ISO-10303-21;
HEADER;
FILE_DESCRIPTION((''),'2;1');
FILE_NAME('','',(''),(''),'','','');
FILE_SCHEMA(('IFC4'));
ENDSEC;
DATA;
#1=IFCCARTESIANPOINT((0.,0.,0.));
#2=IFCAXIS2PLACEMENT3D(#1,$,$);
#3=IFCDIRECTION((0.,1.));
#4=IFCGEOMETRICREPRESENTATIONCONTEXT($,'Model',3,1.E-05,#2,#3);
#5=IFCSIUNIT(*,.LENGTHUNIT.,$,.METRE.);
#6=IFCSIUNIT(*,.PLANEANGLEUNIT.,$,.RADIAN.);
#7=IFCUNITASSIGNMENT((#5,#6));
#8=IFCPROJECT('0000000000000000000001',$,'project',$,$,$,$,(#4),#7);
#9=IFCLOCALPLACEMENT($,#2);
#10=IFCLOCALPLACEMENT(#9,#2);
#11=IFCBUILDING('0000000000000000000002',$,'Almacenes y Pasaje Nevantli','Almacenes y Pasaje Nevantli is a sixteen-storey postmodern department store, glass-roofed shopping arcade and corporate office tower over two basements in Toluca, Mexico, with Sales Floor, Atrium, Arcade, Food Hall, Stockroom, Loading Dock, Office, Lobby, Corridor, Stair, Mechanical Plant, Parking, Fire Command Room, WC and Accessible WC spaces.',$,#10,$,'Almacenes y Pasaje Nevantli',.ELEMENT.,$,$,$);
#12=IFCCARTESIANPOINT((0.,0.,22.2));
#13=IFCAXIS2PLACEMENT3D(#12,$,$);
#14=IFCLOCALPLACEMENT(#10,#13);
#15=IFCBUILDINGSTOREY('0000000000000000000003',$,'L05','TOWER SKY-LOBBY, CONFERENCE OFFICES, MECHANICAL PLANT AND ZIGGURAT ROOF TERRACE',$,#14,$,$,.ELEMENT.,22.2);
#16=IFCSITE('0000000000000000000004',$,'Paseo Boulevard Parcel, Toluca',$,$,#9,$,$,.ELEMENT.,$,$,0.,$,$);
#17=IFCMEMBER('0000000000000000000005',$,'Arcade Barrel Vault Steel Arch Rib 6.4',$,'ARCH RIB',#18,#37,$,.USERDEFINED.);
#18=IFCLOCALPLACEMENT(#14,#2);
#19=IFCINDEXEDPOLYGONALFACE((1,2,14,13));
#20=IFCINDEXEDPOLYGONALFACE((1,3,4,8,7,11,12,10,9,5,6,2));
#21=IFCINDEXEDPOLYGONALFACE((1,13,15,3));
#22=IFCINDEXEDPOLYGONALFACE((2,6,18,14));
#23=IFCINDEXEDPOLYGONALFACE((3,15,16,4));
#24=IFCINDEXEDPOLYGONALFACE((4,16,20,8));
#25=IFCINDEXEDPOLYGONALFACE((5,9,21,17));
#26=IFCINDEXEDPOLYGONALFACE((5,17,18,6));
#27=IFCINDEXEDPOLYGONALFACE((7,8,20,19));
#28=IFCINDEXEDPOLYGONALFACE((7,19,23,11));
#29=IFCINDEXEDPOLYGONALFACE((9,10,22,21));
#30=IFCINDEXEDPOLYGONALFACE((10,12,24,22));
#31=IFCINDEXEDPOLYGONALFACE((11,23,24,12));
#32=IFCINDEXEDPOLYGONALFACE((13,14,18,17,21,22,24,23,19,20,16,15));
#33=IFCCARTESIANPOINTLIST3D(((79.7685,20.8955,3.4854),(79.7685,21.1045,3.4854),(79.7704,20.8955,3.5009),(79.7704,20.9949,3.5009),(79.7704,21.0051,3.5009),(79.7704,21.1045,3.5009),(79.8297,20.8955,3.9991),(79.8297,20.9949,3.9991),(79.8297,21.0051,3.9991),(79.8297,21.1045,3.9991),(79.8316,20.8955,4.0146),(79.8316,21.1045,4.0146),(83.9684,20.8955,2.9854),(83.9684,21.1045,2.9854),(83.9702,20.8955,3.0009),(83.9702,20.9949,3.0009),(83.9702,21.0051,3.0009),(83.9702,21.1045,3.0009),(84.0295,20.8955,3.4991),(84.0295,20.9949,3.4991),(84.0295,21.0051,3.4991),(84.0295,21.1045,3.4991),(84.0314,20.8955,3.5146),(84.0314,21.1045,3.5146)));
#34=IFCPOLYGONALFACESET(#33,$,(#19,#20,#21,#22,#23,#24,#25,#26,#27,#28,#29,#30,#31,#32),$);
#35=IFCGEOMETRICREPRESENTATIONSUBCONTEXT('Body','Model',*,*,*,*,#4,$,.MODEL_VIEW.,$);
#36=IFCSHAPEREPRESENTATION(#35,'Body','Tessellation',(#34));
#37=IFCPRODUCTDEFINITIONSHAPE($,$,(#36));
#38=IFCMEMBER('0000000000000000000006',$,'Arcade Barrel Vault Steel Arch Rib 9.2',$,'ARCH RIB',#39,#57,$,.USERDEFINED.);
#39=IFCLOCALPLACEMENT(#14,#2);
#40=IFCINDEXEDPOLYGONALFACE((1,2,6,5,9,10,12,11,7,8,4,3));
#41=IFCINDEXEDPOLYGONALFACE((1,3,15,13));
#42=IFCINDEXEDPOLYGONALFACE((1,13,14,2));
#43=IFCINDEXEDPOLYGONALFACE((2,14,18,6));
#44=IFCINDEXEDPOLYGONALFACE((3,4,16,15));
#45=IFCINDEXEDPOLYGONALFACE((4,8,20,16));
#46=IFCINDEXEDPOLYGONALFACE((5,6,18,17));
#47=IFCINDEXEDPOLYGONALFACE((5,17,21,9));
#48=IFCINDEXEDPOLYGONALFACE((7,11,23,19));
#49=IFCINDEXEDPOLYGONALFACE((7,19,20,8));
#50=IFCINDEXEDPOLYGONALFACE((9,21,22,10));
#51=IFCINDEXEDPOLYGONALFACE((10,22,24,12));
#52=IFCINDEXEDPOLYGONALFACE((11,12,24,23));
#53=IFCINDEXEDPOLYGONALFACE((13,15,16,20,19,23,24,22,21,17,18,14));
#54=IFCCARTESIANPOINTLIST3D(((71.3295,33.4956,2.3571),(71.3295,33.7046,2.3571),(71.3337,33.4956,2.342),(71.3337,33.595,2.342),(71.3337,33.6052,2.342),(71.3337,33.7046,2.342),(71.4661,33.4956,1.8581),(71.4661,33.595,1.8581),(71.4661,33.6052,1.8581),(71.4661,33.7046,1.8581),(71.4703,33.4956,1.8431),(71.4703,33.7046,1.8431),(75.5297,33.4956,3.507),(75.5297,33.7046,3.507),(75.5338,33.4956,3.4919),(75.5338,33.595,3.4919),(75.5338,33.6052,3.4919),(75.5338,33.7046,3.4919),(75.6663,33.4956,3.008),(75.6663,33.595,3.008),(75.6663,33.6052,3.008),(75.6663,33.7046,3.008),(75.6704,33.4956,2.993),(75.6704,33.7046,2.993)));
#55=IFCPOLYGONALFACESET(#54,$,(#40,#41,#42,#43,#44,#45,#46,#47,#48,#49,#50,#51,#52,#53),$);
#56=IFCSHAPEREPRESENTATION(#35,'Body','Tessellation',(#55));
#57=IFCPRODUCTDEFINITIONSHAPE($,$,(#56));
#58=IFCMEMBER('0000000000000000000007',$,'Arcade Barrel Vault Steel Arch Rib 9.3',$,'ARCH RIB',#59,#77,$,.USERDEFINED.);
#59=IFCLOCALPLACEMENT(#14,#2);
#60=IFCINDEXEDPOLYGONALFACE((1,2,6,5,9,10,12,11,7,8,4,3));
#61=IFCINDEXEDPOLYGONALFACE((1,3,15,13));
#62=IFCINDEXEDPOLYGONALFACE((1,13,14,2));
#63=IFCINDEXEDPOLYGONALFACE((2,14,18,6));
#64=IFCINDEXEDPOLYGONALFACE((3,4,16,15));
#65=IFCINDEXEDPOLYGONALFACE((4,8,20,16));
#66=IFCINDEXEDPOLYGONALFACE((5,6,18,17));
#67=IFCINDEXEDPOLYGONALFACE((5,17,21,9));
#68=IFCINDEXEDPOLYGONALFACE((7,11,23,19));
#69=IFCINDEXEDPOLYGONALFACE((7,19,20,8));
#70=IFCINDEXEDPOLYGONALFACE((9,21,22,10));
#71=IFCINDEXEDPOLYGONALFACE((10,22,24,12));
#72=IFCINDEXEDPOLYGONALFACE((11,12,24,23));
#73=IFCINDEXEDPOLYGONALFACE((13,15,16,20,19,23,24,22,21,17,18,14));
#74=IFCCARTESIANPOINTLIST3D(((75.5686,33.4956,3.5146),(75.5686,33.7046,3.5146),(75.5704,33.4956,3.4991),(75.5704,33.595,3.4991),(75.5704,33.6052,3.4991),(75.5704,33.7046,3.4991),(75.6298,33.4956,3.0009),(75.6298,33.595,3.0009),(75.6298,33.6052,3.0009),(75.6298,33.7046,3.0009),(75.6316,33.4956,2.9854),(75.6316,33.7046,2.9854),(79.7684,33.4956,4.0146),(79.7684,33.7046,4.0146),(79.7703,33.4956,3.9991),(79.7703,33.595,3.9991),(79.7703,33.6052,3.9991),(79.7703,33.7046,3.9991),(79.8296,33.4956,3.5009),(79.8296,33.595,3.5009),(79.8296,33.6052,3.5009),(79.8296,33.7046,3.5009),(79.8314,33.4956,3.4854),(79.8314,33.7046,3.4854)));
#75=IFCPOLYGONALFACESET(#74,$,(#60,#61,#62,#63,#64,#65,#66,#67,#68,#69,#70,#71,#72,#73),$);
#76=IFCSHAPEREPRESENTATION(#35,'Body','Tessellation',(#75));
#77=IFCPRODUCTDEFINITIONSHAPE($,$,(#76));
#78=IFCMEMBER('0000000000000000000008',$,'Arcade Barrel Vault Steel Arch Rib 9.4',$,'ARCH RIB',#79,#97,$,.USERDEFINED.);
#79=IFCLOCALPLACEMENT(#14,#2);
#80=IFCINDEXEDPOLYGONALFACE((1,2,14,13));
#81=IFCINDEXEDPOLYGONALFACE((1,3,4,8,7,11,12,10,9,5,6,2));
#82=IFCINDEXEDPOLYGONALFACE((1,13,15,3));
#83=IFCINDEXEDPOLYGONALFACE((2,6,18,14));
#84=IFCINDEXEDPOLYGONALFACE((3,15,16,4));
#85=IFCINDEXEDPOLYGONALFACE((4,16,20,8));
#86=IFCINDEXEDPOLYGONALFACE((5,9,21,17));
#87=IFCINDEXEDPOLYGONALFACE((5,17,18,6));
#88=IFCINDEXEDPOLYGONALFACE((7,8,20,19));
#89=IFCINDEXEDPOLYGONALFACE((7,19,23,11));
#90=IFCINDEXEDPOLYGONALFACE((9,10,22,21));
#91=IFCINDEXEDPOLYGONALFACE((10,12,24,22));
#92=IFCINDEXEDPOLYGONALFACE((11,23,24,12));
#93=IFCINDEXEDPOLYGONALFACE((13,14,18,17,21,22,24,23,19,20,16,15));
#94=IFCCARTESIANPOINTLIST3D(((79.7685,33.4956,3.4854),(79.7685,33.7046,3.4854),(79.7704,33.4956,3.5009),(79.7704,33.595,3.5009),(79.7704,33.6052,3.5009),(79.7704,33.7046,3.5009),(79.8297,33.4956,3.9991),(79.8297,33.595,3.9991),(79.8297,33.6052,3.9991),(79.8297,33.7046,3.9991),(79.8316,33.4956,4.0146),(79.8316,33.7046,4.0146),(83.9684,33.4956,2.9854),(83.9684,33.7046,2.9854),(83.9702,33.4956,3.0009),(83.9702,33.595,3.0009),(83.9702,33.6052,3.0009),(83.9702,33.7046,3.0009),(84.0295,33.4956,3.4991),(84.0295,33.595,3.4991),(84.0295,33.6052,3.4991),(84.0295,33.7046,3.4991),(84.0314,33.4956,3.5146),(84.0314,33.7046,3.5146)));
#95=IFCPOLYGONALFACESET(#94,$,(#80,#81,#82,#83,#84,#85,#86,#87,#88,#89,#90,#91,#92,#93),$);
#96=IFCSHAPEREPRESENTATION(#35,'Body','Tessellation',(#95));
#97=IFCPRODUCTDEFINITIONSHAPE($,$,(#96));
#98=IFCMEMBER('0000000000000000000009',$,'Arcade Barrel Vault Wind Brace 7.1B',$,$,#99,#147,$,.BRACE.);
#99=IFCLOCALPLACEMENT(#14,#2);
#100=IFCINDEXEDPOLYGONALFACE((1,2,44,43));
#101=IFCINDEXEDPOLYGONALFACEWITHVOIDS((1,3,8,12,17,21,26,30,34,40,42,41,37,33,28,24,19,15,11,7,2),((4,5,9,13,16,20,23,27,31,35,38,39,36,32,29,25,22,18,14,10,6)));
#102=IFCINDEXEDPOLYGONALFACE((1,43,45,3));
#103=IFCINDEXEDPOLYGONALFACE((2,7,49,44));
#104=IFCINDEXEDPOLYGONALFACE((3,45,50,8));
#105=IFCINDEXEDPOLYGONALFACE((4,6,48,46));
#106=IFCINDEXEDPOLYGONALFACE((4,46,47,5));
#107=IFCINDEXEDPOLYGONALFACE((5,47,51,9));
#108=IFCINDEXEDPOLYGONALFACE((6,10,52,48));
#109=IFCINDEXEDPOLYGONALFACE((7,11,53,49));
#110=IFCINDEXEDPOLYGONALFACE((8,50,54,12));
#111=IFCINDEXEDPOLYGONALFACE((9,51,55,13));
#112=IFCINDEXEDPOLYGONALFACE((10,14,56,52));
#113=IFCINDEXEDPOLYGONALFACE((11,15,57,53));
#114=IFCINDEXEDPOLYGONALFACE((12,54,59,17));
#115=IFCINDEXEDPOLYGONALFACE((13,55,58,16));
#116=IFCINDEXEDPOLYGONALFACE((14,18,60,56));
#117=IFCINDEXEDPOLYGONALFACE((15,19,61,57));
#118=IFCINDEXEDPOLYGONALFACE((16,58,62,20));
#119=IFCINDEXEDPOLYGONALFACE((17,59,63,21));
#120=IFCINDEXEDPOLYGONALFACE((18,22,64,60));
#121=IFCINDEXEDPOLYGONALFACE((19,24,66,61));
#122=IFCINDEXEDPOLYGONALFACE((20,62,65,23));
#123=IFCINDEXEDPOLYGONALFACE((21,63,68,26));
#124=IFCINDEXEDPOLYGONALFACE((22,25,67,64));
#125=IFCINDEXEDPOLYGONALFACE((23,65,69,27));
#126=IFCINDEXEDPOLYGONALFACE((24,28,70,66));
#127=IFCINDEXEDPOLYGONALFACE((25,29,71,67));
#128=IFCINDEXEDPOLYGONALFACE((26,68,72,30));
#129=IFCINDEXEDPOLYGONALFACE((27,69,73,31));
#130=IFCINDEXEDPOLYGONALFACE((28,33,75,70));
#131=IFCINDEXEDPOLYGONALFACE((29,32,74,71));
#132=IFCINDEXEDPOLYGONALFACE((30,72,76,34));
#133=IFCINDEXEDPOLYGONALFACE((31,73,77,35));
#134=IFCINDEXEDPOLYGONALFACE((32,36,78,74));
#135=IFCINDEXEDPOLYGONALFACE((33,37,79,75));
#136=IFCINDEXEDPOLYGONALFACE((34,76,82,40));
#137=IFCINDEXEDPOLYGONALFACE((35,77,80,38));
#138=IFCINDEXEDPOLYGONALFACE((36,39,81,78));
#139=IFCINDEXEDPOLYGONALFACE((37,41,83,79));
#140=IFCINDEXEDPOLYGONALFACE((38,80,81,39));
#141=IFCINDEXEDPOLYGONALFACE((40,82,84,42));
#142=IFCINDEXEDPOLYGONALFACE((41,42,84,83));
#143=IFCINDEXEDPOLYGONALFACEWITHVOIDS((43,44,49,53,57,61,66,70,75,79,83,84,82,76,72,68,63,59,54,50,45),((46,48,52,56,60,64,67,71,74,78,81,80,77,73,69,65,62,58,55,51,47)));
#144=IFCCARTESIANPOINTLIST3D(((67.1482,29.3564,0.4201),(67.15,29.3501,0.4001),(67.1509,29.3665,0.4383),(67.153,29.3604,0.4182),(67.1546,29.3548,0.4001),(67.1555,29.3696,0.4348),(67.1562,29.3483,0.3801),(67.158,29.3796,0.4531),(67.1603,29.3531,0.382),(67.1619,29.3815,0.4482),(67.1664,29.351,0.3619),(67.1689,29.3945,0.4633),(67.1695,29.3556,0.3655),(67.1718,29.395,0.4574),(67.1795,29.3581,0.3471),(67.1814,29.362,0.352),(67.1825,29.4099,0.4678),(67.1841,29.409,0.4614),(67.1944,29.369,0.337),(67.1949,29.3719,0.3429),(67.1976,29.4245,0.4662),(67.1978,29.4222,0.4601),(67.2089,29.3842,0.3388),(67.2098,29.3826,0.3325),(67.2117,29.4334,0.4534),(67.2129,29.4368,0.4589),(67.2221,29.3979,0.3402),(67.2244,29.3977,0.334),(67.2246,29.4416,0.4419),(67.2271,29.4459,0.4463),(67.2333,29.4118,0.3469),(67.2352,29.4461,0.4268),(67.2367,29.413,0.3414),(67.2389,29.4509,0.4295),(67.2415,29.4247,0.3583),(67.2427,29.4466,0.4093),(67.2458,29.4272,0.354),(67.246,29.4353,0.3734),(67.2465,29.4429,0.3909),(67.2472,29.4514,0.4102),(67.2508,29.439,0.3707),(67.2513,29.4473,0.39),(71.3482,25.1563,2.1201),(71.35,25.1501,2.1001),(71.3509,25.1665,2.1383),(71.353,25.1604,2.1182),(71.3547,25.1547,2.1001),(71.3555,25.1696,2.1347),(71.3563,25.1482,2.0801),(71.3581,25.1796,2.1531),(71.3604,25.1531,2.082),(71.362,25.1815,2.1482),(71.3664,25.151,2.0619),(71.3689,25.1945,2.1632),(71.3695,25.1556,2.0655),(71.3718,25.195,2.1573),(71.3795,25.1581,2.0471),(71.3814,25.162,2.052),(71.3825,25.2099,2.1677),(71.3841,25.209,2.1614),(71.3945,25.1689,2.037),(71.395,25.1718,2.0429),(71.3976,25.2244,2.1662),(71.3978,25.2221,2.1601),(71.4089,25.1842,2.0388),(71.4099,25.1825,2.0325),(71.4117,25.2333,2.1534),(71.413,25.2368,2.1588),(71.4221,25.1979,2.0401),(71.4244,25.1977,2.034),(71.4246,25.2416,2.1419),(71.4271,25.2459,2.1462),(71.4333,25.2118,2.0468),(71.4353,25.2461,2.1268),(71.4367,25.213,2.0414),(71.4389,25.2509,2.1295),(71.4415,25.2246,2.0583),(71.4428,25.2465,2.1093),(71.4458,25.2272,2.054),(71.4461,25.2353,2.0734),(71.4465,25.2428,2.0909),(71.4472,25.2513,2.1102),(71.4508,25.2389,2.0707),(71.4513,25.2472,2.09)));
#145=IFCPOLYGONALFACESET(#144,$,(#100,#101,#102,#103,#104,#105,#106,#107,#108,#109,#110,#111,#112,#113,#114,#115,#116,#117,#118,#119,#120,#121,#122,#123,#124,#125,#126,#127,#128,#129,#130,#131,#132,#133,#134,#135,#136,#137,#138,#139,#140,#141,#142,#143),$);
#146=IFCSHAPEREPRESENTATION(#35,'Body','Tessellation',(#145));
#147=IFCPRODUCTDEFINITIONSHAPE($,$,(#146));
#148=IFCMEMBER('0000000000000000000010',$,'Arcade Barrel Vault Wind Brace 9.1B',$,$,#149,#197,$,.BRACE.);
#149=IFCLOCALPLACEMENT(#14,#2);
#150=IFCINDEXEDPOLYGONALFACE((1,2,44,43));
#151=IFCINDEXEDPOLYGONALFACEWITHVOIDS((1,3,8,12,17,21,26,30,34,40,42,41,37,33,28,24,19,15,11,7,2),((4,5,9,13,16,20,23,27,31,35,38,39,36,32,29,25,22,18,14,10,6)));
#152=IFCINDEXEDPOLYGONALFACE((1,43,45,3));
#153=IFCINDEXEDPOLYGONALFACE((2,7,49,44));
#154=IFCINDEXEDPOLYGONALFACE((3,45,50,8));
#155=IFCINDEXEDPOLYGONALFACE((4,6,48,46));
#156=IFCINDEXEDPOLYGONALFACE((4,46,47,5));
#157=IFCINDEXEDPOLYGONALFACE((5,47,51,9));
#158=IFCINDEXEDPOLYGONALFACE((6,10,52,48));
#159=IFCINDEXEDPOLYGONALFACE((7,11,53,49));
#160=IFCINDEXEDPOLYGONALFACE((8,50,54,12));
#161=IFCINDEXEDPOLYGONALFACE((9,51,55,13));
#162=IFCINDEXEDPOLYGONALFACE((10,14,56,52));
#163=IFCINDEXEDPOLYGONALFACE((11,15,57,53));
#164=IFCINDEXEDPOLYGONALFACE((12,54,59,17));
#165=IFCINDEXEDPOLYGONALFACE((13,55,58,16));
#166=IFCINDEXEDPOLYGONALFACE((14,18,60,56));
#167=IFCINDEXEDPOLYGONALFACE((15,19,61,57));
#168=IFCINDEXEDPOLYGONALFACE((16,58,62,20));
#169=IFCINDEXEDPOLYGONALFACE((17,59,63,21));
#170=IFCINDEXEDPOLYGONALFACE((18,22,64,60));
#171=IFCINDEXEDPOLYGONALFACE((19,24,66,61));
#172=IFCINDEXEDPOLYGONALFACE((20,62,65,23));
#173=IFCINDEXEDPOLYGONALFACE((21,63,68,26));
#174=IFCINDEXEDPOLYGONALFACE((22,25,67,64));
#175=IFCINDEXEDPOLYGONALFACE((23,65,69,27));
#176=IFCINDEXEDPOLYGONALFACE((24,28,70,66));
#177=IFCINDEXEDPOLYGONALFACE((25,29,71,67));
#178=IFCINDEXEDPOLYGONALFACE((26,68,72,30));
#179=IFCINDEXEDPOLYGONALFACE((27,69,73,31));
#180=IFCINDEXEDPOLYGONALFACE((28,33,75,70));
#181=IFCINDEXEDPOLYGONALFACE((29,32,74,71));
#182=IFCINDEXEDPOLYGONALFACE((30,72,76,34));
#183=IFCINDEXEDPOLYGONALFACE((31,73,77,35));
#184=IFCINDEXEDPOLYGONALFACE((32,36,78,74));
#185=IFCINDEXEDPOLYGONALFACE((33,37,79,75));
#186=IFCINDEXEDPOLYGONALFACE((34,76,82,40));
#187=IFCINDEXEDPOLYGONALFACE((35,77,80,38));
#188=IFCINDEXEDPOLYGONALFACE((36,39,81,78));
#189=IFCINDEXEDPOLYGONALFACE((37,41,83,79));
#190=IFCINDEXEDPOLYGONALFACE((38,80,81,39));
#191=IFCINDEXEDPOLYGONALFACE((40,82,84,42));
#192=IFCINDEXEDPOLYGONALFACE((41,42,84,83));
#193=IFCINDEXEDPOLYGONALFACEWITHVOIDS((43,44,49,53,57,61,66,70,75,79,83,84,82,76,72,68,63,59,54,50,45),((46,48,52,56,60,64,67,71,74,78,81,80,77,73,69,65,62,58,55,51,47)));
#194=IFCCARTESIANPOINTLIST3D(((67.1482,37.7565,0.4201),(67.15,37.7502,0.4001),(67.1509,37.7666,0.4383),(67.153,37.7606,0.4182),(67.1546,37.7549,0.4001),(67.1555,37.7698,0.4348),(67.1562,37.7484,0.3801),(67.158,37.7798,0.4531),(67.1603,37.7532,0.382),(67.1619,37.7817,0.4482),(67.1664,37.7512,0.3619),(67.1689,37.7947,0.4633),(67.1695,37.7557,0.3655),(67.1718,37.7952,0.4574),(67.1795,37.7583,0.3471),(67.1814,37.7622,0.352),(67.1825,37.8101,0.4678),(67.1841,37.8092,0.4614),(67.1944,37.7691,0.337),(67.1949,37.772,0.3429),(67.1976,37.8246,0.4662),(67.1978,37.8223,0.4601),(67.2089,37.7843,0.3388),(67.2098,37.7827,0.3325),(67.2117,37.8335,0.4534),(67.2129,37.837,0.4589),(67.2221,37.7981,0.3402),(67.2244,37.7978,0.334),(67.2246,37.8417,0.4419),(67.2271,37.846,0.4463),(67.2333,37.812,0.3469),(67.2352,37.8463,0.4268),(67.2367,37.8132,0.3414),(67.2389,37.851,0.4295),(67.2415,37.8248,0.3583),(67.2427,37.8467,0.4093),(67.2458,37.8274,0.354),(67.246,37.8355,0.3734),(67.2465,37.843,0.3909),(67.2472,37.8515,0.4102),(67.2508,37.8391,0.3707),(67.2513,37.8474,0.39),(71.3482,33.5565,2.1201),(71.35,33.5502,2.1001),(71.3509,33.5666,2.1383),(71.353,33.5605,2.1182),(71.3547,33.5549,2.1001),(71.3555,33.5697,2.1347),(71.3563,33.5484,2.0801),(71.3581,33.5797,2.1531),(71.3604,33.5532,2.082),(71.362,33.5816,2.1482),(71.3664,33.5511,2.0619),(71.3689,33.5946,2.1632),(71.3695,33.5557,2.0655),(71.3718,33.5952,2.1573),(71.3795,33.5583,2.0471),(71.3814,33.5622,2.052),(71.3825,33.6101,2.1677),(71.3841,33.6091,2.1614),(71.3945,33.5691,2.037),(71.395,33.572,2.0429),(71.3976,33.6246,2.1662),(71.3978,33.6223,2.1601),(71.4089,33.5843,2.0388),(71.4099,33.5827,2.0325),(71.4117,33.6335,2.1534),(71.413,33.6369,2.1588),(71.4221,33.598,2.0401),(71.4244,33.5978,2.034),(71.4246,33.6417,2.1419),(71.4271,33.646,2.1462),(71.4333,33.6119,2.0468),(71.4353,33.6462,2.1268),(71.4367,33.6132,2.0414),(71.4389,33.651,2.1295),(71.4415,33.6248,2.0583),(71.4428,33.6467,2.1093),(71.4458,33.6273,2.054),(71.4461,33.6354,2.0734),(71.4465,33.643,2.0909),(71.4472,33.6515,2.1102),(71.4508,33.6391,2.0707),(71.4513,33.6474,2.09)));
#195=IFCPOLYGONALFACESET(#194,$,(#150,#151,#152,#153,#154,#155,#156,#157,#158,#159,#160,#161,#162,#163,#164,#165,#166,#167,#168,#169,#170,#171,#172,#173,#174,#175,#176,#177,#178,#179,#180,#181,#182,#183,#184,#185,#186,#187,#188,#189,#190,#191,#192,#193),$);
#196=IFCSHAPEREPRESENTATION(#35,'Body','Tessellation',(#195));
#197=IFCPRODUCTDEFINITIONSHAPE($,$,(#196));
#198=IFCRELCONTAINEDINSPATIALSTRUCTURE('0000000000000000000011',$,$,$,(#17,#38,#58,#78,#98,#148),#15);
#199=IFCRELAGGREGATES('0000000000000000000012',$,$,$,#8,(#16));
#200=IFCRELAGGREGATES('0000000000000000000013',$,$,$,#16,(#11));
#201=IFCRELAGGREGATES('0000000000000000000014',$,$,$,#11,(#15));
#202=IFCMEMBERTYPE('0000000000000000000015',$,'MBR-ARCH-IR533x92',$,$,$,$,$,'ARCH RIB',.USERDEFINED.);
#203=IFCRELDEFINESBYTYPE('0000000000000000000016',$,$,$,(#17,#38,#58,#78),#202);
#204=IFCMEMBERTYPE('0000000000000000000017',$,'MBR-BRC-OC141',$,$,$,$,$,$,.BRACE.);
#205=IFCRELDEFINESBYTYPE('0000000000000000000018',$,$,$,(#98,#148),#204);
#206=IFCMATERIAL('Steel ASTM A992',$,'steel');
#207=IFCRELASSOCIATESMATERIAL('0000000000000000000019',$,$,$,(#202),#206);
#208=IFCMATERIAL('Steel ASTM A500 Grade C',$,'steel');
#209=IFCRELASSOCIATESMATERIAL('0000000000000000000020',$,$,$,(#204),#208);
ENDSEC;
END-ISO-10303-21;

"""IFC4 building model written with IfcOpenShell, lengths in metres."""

from ifc_helpers import new_model, si_unit, direction, frame, origin, origin_2d, place, context, subcontext, project, spatial, hollow_circle, i_section, extrude, material, material_profile, profile_set, type_object, element, save


model = new_model("IFC4")

# Units and contexts
model_context = context("Model", 3, precision=1e-05, world=origin(), true_north=direction((0.0, 1.0)))
body_context = subcontext(model_context, "Body", "Model", "MODEL_VIEW")
ifc_project = project(units=[si_unit("LENGTHUNIT", "METRE"), si_unit("PLANEANGLEUNIT", "RADIAN")], contexts=[model_context])

# Site, building, storey
site_placement = place(None, origin())
site = spatial("IfcSite", under=ifc_project, at=site_placement, Name="Paseo Boulevard Parcel, Toluca", CompositionType="ELEMENT", RefElevation=0.0)
building_placement = place(site_placement, origin())
building = spatial("IfcBuilding", under=site, at=building_placement, Name="Almacenes y Pasaje Nevantli", Description="Almacenes y Pasaje Nevantli is a sixteen-storey postmodern department store, glass-roofed shopping arcade and corporate office tower over two basements in Toluca, Mexico, with Sales Floor, Atrium, Arcade, Food Hall, Stockroom, Loading Dock, Office, Lobby, Corridor, Stair, Mechanical Plant, Parking, Fire Command Room, WC and Accessible WC spaces.", LongName="Almacenes y Pasaje Nevantli", CompositionType="ELEMENT")
storey_placement = place(building_placement, frame((0.0, 0.0, 22.2)))
storey = spatial("IfcBuildingStorey", under=building, at=storey_placement, Name="L05", Description="TOWER SKY-LOBBY, CONFERENCE OFFICES, MECHANICAL PLANT AND ZIGGURAT ROOF TERRACE", CompositionType="ELEMENT", Elevation=22.2)

# Members
ifc_material_1 = material(Name="Steel ASTM A992", Category="steel")
ifc_material_profile_1 = material_profile(ifc_material_1, i_section(OverallWidth=0.209, OverallDepth=0.533, WebThickness=0.0103, FlangeThickness=0.0156, at=origin_2d()), Name="IR 533x92.5")
ifc_profile_set_1 = profile_set([ifc_material_profile_1], Name="Steel ASTM A992")
member_type_1 = type_object("IfcMemberType", Name="MBR-ARCH-IR533x92", ElementType="ARCH RIB", PredefinedType="USERDEFINED", material=ifc_profile_set_1)
member_1_placement = place(storey_placement, frame((79.8, 21.0, 3.75), z_axis=(0.992988, 0.0, -0.118214), x_axis=(0.0, 1.0, 0.0)))
element("IfcMember", 1, at=member_1_placement, inside=storey, type_object=member_type_1, Name="Arcade Barrel Vault Steel Arch Rib 6.4", ObjectType="ARCH RIB", PredefinedType="USERDEFINED", context=body_context, shape_type="SweptSolid", body=[
    extrude(i_section(OverallWidth=0.209, OverallDepth=0.533, WebThickness=0.0103, FlangeThickness=0.0156, at=origin_2d()), origin(), (0.0, 0.0, 1.0), 4.2295),
])
member_2_placement = place(storey_placement, frame((71.3999, 33.6001, 2.1001), z_axis=(0.964507, 0.0, 0.264057), x_axis=(0.0, 1.0, 0.0)))
element("IfcMember", 2, at=member_2_placement, inside=storey, type_object=member_type_1, Name="Arcade Barrel Vault Steel Arch Rib 9.2", ObjectType="ARCH RIB", PredefinedType="USERDEFINED", context=body_context, shape_type="SweptSolid", body=[
    extrude(i_section(OverallWidth=0.209, OverallDepth=0.533, WebThickness=0.0103, FlangeThickness=0.0156, at=origin_2d()), origin(), (0.0, 0.0, 1.0), 4.3547),
])
for number, where, z_axis, x_axis, name in (
    (3, (75.6001, 33.6001, 3.25), (0.992988, 0.0, 0.118214), (0.0, 1.0, 0.0), "Arcade Barrel Vault Steel Arch Rib 9.3"),
    (4, (79.8, 33.6001, 3.75), (0.992988, 0.0, -0.118214), (0.0, 1.0, 0.0), "Arcade Barrel Vault Steel Arch Rib 9.4"),
):
    element("IfcMember", number, at=place(storey_placement, frame(where, z_axis=z_axis, x_axis=x_axis)), inside=storey, type_object=member_type_1, Name=name, ObjectType="ARCH RIB", PredefinedType="USERDEFINED", context=body_context, shape_type="SweptSolid", body=[
        extrude(i_section(OverallWidth=0.209, OverallDepth=0.533, WebThickness=0.0103, FlangeThickness=0.0156, at=origin_2d()), origin(), (0.0, 0.0, 1.0), 4.2295),
    ])
ifc_material_2 = material(Name="Steel ASTM A500 Grade C", Category="steel")
ifc_material_profile_2 = material_profile(ifc_material_2, hollow_circle(Radius=0.0706, WallThickness=0.0066, at=origin_2d()), Name="OC 141x6.6")
ifc_profile_set_2 = profile_set([ifc_material_profile_2], Name="Steel ASTM A500 Grade C")
member_type_2 = type_object("IfcMemberType", Name="MBR-BRC-OC141", PredefinedType="BRACE", material=ifc_profile_set_2)
for number, where, z_axis, x_axis, name in (
    (5, (71.3999, 25.2, 2.1001), (-0.679812, 0.679812, -0.275157), (-0.707107, -0.707107, 0.0), "Arcade Barrel Vault Wind Brace 7.1B"),
    (6, (71.3999, 33.6001, 2.1001), (-0.679812, 0.679812, -0.275157), (-0.707107, -0.707107, 0.0), "Arcade Barrel Vault Wind Brace 9.1B"),
):
    element("IfcMember", number, at=place(storey_placement, frame(where, z_axis=z_axis, x_axis=x_axis)), inside=storey, type_object=member_type_2, Name=name, PredefinedType="BRACE", context=body_context, shape_type="SweptSolid", body=[
        extrude(hollow_circle(Radius=0.0706, WallThickness=0.0066, at=origin_2d()), origin(), (0.0, 0.0, 1.0), 6.1782),
    ])

save(model, "model.ifc")
